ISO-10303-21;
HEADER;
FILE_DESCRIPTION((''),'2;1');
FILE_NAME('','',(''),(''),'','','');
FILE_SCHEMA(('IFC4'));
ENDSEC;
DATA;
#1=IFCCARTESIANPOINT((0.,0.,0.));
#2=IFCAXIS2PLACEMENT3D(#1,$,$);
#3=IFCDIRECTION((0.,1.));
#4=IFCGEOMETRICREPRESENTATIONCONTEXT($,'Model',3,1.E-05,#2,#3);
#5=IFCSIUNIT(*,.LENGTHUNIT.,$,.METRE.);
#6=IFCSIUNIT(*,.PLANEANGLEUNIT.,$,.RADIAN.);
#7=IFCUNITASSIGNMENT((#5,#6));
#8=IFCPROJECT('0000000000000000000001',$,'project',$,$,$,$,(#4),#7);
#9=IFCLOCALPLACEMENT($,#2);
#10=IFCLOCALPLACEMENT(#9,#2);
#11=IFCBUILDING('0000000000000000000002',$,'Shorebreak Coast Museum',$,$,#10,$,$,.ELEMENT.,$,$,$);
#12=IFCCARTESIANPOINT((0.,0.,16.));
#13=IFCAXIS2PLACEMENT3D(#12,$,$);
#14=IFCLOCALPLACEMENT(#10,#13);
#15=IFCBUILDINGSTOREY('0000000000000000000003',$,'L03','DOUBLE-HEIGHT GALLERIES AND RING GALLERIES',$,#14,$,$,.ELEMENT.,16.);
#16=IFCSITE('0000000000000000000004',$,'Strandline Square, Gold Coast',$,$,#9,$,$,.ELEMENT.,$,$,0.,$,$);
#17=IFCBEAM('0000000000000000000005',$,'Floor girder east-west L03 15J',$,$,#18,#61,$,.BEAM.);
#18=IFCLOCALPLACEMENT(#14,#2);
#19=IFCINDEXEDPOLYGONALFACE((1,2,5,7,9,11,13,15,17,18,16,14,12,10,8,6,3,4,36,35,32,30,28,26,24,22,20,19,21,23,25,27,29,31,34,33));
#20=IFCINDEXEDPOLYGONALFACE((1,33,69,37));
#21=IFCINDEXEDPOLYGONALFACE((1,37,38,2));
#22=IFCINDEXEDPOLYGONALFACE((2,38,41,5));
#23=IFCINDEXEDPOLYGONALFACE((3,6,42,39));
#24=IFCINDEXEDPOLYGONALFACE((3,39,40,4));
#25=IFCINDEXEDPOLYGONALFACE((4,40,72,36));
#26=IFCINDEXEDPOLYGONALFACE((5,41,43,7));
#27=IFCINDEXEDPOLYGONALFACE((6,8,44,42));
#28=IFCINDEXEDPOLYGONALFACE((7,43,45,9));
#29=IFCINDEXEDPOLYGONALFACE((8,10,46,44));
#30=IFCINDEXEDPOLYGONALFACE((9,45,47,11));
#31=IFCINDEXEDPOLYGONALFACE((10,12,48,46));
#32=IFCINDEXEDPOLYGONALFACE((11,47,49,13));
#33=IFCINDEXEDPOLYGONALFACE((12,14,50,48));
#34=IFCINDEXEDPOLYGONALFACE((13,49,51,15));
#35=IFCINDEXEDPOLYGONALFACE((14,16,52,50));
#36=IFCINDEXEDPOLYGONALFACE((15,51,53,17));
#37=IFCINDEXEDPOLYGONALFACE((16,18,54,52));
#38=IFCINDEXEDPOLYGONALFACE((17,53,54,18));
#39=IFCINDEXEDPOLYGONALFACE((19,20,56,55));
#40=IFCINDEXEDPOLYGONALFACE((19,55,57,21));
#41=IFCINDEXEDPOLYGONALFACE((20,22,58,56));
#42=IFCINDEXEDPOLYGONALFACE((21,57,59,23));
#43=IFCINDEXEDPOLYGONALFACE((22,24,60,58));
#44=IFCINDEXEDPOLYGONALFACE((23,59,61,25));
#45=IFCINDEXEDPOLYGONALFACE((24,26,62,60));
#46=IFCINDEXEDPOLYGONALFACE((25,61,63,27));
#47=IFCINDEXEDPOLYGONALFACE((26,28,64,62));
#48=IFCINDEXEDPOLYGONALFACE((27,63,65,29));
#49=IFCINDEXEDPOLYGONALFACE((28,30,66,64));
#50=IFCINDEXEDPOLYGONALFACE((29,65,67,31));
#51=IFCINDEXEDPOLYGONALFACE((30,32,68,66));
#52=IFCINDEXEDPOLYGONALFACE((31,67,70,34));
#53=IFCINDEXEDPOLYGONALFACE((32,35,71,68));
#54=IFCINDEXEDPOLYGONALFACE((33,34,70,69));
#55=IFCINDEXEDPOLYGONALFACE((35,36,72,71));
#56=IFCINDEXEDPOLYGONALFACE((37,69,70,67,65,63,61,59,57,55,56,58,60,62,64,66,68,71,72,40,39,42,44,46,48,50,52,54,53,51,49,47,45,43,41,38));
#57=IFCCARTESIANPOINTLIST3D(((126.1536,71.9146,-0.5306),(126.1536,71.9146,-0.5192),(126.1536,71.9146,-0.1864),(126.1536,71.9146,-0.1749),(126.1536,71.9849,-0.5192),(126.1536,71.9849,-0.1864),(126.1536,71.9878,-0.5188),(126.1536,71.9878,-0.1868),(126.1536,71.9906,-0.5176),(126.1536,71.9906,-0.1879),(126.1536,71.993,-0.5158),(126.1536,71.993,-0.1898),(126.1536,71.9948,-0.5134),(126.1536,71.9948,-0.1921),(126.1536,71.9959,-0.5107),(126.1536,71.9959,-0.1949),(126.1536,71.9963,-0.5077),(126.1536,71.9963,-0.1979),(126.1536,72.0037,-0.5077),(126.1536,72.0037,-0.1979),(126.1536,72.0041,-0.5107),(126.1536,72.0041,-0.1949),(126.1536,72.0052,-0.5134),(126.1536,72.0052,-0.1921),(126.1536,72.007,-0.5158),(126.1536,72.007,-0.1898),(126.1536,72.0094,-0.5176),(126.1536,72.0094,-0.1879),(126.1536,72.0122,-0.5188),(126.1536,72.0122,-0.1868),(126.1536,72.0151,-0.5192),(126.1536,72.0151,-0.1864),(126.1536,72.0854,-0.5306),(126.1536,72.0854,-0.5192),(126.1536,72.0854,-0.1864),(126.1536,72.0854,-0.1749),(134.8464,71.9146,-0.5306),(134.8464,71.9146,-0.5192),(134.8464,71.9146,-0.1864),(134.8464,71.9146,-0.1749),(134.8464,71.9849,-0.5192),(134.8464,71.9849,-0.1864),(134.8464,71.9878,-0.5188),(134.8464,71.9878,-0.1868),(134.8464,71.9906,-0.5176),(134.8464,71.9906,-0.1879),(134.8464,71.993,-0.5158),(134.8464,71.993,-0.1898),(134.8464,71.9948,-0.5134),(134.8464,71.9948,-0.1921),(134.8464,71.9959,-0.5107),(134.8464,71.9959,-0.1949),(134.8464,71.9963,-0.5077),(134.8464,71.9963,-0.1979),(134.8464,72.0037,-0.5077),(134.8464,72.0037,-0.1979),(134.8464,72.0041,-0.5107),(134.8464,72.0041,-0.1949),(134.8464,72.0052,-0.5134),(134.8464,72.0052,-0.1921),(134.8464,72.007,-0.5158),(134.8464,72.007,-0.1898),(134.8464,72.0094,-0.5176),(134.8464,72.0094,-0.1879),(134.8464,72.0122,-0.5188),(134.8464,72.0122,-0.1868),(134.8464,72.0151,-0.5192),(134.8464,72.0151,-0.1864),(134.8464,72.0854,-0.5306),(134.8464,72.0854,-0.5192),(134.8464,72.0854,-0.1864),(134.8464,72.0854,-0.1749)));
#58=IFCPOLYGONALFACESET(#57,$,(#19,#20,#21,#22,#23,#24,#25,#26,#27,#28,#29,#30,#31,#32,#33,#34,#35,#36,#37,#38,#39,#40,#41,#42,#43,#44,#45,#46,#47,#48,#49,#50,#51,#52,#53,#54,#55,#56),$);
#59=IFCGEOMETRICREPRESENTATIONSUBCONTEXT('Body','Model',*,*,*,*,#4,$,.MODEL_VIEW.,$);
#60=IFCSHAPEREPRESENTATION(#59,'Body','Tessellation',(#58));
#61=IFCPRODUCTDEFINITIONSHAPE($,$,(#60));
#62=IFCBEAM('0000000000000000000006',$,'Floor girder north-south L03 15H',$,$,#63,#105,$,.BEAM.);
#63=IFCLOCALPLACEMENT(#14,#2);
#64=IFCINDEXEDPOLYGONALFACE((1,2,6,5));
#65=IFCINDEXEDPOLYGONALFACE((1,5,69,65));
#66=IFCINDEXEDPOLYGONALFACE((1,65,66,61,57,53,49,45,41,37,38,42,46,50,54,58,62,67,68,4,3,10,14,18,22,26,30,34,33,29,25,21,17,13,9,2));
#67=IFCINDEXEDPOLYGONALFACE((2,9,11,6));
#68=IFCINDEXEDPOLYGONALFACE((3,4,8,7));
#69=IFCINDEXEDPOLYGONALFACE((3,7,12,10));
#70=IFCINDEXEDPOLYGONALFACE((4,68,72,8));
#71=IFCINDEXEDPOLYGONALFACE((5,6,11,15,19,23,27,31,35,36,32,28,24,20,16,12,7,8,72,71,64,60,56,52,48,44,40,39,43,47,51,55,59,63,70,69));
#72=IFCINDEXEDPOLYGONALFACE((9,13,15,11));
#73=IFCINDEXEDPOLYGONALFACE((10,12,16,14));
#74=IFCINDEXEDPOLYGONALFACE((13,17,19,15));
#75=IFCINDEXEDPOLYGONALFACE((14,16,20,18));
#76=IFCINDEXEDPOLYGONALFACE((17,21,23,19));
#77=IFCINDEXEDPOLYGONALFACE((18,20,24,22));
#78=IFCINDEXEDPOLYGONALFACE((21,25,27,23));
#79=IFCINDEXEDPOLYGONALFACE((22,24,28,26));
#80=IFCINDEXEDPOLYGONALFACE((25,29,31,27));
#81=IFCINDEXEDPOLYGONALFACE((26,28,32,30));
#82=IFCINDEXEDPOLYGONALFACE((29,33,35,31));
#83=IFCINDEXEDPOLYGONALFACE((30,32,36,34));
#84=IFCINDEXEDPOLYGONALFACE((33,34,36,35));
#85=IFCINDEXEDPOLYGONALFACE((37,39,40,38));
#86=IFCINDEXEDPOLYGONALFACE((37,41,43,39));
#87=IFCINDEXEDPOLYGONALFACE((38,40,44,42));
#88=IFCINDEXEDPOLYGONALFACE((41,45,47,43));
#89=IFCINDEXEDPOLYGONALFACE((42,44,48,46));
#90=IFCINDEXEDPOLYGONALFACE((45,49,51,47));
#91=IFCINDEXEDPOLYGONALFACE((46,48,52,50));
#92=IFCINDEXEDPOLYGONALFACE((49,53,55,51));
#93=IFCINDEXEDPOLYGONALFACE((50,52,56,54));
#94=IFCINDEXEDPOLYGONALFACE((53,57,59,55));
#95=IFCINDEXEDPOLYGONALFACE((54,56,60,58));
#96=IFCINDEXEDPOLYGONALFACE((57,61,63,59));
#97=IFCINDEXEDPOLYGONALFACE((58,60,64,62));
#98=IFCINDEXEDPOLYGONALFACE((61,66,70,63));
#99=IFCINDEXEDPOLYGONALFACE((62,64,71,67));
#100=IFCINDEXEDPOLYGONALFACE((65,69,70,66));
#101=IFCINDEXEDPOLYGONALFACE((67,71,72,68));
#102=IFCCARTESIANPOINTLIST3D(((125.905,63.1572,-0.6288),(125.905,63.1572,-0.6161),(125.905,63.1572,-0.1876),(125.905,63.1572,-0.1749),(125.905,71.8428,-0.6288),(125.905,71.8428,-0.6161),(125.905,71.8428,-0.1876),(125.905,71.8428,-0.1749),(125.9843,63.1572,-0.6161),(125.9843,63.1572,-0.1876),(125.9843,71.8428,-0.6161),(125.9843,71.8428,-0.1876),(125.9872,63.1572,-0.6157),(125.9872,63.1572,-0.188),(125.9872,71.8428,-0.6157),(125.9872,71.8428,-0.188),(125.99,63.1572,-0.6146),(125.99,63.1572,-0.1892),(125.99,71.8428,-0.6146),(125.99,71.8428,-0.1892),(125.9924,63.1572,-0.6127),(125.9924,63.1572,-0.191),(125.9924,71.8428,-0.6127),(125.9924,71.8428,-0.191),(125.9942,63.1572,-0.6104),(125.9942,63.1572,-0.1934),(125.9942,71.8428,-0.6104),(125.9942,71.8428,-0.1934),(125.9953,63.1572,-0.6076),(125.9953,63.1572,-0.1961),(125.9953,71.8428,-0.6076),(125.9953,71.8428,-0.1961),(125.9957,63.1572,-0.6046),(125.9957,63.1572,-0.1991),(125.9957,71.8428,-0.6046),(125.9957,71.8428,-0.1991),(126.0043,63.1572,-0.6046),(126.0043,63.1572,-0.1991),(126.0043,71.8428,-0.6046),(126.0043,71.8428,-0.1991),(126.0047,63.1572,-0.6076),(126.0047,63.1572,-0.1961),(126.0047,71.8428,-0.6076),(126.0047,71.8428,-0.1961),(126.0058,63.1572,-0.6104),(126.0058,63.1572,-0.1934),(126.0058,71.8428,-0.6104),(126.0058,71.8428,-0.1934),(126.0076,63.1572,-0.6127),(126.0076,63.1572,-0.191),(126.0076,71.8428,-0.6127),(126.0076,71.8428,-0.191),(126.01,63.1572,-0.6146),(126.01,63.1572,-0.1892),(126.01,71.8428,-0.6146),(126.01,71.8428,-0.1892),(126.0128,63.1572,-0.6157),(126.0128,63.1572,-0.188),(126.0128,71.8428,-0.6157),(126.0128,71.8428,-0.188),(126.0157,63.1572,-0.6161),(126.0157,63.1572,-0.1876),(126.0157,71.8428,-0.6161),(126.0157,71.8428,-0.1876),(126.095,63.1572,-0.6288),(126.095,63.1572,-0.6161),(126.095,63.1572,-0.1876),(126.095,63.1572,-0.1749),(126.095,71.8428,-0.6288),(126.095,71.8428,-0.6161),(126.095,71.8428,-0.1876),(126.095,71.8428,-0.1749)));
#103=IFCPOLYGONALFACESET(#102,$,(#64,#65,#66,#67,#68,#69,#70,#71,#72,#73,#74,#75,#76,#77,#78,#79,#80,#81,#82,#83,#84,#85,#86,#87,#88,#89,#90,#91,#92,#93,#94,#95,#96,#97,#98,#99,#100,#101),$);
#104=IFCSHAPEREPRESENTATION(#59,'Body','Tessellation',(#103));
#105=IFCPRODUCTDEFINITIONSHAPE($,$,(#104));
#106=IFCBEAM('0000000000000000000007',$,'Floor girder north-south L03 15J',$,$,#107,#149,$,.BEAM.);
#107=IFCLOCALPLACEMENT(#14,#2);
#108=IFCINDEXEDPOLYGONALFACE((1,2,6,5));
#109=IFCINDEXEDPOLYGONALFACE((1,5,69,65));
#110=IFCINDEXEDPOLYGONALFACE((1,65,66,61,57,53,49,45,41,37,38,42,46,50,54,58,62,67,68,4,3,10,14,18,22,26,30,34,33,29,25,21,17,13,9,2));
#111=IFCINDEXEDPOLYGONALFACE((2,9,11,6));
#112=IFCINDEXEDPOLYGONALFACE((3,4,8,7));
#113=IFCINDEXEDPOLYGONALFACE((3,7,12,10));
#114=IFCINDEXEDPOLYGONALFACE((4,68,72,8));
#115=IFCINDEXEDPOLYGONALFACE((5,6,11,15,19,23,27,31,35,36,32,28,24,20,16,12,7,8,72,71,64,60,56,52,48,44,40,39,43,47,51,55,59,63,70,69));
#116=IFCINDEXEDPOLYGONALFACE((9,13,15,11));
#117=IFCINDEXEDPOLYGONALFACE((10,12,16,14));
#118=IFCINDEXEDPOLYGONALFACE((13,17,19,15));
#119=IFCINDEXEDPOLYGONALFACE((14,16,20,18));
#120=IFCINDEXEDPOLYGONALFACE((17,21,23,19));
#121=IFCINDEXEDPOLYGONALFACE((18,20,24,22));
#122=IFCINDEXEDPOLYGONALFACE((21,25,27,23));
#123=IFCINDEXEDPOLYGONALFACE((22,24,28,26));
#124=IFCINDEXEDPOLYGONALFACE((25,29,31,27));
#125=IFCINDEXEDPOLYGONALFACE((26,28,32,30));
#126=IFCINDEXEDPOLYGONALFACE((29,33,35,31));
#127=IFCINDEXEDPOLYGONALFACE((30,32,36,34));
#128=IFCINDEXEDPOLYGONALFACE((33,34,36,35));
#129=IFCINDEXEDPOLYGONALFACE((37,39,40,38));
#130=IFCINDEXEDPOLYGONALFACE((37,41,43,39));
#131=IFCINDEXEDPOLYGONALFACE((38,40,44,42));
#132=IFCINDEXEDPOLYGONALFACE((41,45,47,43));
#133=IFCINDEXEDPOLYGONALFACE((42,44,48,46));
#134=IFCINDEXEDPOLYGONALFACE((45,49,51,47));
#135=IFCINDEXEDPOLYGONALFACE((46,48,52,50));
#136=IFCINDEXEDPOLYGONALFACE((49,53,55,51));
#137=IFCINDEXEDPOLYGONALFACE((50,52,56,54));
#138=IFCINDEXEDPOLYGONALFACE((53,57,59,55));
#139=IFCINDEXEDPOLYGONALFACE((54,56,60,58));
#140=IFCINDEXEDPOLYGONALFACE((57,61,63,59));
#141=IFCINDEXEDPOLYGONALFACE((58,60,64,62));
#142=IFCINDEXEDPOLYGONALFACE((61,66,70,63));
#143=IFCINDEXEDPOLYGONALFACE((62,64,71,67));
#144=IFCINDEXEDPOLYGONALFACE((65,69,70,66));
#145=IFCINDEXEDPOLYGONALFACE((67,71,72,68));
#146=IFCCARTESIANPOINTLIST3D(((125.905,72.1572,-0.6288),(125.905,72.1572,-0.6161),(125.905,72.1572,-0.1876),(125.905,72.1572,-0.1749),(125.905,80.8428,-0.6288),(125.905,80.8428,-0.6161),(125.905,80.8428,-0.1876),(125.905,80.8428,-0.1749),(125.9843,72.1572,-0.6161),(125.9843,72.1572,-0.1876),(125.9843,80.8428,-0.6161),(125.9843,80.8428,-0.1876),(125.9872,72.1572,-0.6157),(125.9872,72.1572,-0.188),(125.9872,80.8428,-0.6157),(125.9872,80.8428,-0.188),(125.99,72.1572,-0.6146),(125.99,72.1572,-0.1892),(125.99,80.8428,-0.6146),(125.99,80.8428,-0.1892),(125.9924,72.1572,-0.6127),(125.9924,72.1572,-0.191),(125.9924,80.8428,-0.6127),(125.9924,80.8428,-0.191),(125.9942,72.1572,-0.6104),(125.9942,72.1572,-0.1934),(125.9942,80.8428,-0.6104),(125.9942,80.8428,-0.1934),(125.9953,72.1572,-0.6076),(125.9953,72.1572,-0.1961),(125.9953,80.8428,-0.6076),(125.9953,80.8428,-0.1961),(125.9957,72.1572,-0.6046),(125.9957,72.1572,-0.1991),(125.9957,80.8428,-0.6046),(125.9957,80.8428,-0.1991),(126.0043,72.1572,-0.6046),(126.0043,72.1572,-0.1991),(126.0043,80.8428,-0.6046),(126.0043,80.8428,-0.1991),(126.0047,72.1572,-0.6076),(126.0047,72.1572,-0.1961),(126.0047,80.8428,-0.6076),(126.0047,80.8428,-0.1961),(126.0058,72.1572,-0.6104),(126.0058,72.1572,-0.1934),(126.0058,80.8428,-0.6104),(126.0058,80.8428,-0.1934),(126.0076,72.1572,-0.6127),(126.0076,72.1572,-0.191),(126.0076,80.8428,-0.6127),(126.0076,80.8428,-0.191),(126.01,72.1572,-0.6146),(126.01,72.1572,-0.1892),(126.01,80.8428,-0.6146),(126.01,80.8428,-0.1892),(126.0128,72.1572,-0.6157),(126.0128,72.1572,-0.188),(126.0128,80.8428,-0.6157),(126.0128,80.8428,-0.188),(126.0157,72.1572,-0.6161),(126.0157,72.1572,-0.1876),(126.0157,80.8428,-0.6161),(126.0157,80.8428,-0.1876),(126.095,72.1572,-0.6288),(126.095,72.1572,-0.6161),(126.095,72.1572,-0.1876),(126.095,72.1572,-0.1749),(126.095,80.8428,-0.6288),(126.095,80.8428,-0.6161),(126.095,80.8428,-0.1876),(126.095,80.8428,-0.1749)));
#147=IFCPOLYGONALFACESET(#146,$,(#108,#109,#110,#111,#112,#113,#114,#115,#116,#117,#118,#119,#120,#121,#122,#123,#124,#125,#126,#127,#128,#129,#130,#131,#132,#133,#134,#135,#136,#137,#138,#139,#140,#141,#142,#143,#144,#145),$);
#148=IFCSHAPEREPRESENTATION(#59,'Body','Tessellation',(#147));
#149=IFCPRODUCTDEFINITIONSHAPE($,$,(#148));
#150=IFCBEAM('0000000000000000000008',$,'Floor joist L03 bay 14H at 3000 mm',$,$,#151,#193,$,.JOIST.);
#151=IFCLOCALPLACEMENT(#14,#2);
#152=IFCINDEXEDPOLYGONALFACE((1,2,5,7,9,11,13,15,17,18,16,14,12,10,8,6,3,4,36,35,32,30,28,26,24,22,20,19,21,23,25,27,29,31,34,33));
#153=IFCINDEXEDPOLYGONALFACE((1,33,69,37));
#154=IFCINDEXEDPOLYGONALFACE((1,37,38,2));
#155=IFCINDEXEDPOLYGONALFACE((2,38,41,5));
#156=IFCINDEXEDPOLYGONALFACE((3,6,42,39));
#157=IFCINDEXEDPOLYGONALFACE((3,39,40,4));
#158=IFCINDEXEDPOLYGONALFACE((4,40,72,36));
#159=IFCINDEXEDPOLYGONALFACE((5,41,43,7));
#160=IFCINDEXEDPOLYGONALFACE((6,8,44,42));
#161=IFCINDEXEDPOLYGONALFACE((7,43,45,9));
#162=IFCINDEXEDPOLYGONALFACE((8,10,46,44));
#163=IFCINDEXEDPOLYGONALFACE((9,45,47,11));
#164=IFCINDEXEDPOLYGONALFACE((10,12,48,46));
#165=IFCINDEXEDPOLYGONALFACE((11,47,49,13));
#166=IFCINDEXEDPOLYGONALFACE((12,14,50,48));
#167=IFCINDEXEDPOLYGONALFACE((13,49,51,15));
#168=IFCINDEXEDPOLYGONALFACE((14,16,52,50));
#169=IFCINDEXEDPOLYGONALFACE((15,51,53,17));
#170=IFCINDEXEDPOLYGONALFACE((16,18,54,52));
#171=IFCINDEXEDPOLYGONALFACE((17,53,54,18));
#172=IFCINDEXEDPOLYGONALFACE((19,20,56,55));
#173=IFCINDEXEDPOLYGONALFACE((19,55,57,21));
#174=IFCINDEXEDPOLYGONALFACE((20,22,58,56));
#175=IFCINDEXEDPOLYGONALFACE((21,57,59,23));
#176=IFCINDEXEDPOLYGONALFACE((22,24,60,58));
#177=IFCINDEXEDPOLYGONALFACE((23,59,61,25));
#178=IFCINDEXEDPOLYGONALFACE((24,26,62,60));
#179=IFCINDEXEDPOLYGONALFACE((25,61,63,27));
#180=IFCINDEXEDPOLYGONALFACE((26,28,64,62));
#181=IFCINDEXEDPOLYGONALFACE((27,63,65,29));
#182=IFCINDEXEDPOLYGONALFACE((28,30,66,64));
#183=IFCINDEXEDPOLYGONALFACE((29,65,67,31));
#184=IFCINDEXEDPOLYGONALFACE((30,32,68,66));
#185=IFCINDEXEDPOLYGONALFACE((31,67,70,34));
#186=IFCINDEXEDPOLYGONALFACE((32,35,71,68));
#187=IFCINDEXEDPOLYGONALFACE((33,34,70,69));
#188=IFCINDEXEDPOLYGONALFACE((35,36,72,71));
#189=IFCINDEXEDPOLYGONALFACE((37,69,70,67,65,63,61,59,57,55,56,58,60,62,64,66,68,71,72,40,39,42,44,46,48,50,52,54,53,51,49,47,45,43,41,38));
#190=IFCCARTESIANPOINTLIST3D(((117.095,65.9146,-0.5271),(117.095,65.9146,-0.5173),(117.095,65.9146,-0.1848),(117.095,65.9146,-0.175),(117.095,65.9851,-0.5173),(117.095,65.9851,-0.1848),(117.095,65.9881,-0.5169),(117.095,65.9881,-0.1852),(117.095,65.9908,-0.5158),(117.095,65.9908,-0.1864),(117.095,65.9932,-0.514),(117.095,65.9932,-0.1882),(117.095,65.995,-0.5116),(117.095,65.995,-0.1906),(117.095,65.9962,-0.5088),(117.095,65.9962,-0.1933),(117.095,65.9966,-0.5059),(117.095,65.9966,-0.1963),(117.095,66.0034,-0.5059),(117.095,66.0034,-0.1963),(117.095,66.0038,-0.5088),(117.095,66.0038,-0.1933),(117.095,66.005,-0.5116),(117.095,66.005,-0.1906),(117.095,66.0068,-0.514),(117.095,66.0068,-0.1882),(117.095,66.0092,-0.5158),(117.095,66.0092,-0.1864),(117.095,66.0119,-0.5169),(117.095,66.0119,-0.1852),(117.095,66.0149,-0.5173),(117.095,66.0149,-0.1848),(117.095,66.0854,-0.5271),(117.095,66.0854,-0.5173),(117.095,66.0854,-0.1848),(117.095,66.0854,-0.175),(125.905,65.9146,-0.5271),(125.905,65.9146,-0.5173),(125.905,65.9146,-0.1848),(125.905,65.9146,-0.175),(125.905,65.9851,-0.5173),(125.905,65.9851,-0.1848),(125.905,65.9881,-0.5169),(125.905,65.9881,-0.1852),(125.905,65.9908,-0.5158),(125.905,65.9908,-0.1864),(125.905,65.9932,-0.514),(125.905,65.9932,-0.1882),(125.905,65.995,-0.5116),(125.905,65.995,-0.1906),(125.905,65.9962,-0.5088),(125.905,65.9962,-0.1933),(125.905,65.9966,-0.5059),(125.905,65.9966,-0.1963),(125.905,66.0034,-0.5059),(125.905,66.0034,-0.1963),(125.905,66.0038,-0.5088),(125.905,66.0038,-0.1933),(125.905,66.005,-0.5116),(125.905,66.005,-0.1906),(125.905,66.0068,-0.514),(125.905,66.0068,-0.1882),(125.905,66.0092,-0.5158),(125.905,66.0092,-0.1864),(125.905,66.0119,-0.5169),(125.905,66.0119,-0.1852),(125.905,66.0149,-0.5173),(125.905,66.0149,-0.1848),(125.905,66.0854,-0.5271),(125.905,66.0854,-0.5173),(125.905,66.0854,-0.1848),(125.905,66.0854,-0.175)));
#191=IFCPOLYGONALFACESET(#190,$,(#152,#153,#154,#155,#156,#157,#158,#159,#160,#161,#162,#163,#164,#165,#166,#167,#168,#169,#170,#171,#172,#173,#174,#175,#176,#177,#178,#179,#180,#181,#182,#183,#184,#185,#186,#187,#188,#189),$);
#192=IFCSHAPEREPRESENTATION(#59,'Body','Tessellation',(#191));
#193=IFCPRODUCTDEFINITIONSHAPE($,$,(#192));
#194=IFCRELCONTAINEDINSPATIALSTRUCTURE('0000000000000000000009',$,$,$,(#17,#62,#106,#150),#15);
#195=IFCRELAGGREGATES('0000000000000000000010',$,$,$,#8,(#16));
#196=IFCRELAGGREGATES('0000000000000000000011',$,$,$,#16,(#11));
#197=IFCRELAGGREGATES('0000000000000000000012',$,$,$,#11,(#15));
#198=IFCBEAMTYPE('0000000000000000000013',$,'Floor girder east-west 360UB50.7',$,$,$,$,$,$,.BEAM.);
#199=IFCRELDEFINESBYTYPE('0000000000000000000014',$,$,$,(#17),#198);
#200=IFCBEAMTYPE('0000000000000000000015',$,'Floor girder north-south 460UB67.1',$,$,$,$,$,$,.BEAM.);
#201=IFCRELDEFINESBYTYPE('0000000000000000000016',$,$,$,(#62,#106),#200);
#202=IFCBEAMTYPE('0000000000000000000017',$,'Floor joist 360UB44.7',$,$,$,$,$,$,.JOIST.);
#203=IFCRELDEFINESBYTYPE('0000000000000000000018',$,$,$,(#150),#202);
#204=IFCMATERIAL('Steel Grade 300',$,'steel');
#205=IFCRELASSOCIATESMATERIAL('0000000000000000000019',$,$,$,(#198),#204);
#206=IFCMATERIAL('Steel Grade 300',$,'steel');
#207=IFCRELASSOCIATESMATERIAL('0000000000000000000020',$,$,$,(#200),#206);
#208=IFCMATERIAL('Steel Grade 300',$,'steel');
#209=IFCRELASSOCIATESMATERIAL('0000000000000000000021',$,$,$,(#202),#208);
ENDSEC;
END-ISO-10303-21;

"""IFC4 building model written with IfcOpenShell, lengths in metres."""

from ifc_helpers import new_model, si_unit, direction, frame, origin, origin_2d, place, context, subcontext, project, spatial, i_section, extrude, material, material_profile, profile_set, type_object, element, save


model = new_model("IFC4")

# Units and contexts
model_context = context("Model", 3, precision=1e-05, world=origin(), true_north=direction((0.0, 1.0)))
body_context = subcontext(model_context, "Body", "Model", "MODEL_VIEW")
ifc_project = project(units=[si_unit("LENGTHUNIT", "METRE"), si_unit("PLANEANGLEUNIT", "RADIAN")], contexts=[model_context])

# Site, building, storey
site_placement = place(None, origin())
site = spatial("IfcSite", under=ifc_project, at=site_placement, Name="Strandline Square, Gold Coast", CompositionType="ELEMENT", RefElevation=0.0)
building_placement = place(site_placement, origin())
building = spatial("IfcBuilding", under=site, at=building_placement, Name="Shorebreak Coast Museum", CompositionType="ELEMENT")
storey_placement = place(building_placement, frame((0.0, 0.0, 16.0)))
storey = spatial("IfcBuildingStorey", under=building, at=storey_placement, Name="L03", Description="DOUBLE-HEIGHT GALLERIES AND RING GALLERIES", CompositionType="ELEMENT", Elevation=16.0)

# Beams
ifc_material_1 = material(Name="Steel Grade 300", Category="steel")
ifc_material_profile_1 = material_profile(ifc_material_1, i_section(OverallWidth=0.1709, OverallDepth=0.3557, WebThickness=0.0073, FlangeThickness=0.0115, FilletRadius=0.0115, at=origin_2d()), Name="360UB50.7")
ifc_profile_set_1 = profile_set([ifc_material_profile_1], Name="Steel Grade 300")
beam_type_1 = type_object("IfcBeamType", Name="Floor girder east-west 360UB50.7", PredefinedType="BEAM", material=ifc_profile_set_1)
for number, where, z_axis, x_axis, name in (
    (1, (126.1536, 72.0, -0.3528), (1.0, 0.0, 0.0), (0.0, 1.0, 0.0), "Floor girder east-west L03 15J"),
):
    element("IfcBeam", number, at=place(storey_placement, frame(where, z_axis=z_axis, x_axis=x_axis)), inside=storey, type_object=beam_type_1, Name=name, PredefinedType="BEAM", context=body_context, shape_type="SweptSolid", body=[
        extrude(i_section(OverallWidth=0.1709, OverallDepth=0.3557, WebThickness=0.0073, FlangeThickness=0.0115, FilletRadius=0.0115, at=origin_2d()), origin(), (0.0, 0.0, 1.0), 8.6929),
    ])
ifc_material_2 = material(Name="Steel Grade 300", Category="steel")
ifc_material_profile_2 = material_profile(ifc_material_2, i_section(OverallWidth=0.1899, OverallDepth=0.4539, WebThickness=0.0085, FlangeThickness=0.0127, FilletRadius=0.0115, at=origin_2d()), Name="460UB67.1")
ifc_profile_set_2 = profile_set([ifc_material_profile_2], Name="Steel Grade 300")
beam_type_2 = type_object("IfcBeamType", Name="Floor girder north-south 460UB67.1", PredefinedType="BEAM", material=ifc_profile_set_2)
for number, where, z_axis, x_axis, name in (
    (2, (126.0, 63.1572, -0.4019), (0.0, 1.0, 0.0), (-1.0, 0.0, 0.0), "Floor girder north-south L03 15H"),
    (3, (126.0, 72.1572, -0.4019), (0.0, 1.0, 0.0), (-1.0, 0.0, 0.0), "Floor girder north-south L03 15J"),
):
    element("IfcBeam", number, at=place(storey_placement, frame(where, z_axis=z_axis, x_axis=x_axis)), inside=storey, type_object=beam_type_2, Name=name, PredefinedType="BEAM", context=body_context, shape_type="SweptSolid", body=[
        extrude(i_section(OverallWidth=0.1899, OverallDepth=0.4539, WebThickness=0.0085, FlangeThickness=0.0127, FilletRadius=0.0115, at=origin_2d()), origin(), (0.0, 0.0, 1.0), 8.6855),
    ])
ifc_material_3 = material(Name="Steel Grade 300", Category="steel")
ifc_material_profile_3 = material_profile(ifc_material_3, i_section(OverallWidth=0.1709, OverallDepth=0.3521, WebThickness=0.0068, FlangeThickness=0.0098, FilletRadius=0.0115, at=origin_2d()), Name="360UB44.7")
ifc_profile_set_3 = profile_set([ifc_material_profile_3], Name="Steel Grade 300")
beam_type_3 = type_object("IfcBeamType", Name="Floor joist 360UB44.7", PredefinedType="JOIST", material=ifc_profile_set_3)
for number, where, z_axis, x_axis, name in (
    (4, (117.095, 66.0, -0.3511), (1.0, 0.0, 0.0), (0.0, 1.0, 0.0), "Floor joist L03 bay 14H at 3000 mm"),
):
    element("IfcBeam", number, at=place(storey_placement, frame(where, z_axis=z_axis, x_axis=x_axis)), inside=storey, type_object=beam_type_3, Name=name, PredefinedType="JOIST", context=body_context, shape_type="SweptSolid", body=[
        extrude(i_section(OverallWidth=0.1709, OverallDepth=0.3521, WebThickness=0.0068, FlangeThickness=0.0098, FilletRadius=0.0115, at=origin_2d()), origin(), (0.0, 0.0, 1.0), 8.8101),
    ])

save(model, "model.ifc")
